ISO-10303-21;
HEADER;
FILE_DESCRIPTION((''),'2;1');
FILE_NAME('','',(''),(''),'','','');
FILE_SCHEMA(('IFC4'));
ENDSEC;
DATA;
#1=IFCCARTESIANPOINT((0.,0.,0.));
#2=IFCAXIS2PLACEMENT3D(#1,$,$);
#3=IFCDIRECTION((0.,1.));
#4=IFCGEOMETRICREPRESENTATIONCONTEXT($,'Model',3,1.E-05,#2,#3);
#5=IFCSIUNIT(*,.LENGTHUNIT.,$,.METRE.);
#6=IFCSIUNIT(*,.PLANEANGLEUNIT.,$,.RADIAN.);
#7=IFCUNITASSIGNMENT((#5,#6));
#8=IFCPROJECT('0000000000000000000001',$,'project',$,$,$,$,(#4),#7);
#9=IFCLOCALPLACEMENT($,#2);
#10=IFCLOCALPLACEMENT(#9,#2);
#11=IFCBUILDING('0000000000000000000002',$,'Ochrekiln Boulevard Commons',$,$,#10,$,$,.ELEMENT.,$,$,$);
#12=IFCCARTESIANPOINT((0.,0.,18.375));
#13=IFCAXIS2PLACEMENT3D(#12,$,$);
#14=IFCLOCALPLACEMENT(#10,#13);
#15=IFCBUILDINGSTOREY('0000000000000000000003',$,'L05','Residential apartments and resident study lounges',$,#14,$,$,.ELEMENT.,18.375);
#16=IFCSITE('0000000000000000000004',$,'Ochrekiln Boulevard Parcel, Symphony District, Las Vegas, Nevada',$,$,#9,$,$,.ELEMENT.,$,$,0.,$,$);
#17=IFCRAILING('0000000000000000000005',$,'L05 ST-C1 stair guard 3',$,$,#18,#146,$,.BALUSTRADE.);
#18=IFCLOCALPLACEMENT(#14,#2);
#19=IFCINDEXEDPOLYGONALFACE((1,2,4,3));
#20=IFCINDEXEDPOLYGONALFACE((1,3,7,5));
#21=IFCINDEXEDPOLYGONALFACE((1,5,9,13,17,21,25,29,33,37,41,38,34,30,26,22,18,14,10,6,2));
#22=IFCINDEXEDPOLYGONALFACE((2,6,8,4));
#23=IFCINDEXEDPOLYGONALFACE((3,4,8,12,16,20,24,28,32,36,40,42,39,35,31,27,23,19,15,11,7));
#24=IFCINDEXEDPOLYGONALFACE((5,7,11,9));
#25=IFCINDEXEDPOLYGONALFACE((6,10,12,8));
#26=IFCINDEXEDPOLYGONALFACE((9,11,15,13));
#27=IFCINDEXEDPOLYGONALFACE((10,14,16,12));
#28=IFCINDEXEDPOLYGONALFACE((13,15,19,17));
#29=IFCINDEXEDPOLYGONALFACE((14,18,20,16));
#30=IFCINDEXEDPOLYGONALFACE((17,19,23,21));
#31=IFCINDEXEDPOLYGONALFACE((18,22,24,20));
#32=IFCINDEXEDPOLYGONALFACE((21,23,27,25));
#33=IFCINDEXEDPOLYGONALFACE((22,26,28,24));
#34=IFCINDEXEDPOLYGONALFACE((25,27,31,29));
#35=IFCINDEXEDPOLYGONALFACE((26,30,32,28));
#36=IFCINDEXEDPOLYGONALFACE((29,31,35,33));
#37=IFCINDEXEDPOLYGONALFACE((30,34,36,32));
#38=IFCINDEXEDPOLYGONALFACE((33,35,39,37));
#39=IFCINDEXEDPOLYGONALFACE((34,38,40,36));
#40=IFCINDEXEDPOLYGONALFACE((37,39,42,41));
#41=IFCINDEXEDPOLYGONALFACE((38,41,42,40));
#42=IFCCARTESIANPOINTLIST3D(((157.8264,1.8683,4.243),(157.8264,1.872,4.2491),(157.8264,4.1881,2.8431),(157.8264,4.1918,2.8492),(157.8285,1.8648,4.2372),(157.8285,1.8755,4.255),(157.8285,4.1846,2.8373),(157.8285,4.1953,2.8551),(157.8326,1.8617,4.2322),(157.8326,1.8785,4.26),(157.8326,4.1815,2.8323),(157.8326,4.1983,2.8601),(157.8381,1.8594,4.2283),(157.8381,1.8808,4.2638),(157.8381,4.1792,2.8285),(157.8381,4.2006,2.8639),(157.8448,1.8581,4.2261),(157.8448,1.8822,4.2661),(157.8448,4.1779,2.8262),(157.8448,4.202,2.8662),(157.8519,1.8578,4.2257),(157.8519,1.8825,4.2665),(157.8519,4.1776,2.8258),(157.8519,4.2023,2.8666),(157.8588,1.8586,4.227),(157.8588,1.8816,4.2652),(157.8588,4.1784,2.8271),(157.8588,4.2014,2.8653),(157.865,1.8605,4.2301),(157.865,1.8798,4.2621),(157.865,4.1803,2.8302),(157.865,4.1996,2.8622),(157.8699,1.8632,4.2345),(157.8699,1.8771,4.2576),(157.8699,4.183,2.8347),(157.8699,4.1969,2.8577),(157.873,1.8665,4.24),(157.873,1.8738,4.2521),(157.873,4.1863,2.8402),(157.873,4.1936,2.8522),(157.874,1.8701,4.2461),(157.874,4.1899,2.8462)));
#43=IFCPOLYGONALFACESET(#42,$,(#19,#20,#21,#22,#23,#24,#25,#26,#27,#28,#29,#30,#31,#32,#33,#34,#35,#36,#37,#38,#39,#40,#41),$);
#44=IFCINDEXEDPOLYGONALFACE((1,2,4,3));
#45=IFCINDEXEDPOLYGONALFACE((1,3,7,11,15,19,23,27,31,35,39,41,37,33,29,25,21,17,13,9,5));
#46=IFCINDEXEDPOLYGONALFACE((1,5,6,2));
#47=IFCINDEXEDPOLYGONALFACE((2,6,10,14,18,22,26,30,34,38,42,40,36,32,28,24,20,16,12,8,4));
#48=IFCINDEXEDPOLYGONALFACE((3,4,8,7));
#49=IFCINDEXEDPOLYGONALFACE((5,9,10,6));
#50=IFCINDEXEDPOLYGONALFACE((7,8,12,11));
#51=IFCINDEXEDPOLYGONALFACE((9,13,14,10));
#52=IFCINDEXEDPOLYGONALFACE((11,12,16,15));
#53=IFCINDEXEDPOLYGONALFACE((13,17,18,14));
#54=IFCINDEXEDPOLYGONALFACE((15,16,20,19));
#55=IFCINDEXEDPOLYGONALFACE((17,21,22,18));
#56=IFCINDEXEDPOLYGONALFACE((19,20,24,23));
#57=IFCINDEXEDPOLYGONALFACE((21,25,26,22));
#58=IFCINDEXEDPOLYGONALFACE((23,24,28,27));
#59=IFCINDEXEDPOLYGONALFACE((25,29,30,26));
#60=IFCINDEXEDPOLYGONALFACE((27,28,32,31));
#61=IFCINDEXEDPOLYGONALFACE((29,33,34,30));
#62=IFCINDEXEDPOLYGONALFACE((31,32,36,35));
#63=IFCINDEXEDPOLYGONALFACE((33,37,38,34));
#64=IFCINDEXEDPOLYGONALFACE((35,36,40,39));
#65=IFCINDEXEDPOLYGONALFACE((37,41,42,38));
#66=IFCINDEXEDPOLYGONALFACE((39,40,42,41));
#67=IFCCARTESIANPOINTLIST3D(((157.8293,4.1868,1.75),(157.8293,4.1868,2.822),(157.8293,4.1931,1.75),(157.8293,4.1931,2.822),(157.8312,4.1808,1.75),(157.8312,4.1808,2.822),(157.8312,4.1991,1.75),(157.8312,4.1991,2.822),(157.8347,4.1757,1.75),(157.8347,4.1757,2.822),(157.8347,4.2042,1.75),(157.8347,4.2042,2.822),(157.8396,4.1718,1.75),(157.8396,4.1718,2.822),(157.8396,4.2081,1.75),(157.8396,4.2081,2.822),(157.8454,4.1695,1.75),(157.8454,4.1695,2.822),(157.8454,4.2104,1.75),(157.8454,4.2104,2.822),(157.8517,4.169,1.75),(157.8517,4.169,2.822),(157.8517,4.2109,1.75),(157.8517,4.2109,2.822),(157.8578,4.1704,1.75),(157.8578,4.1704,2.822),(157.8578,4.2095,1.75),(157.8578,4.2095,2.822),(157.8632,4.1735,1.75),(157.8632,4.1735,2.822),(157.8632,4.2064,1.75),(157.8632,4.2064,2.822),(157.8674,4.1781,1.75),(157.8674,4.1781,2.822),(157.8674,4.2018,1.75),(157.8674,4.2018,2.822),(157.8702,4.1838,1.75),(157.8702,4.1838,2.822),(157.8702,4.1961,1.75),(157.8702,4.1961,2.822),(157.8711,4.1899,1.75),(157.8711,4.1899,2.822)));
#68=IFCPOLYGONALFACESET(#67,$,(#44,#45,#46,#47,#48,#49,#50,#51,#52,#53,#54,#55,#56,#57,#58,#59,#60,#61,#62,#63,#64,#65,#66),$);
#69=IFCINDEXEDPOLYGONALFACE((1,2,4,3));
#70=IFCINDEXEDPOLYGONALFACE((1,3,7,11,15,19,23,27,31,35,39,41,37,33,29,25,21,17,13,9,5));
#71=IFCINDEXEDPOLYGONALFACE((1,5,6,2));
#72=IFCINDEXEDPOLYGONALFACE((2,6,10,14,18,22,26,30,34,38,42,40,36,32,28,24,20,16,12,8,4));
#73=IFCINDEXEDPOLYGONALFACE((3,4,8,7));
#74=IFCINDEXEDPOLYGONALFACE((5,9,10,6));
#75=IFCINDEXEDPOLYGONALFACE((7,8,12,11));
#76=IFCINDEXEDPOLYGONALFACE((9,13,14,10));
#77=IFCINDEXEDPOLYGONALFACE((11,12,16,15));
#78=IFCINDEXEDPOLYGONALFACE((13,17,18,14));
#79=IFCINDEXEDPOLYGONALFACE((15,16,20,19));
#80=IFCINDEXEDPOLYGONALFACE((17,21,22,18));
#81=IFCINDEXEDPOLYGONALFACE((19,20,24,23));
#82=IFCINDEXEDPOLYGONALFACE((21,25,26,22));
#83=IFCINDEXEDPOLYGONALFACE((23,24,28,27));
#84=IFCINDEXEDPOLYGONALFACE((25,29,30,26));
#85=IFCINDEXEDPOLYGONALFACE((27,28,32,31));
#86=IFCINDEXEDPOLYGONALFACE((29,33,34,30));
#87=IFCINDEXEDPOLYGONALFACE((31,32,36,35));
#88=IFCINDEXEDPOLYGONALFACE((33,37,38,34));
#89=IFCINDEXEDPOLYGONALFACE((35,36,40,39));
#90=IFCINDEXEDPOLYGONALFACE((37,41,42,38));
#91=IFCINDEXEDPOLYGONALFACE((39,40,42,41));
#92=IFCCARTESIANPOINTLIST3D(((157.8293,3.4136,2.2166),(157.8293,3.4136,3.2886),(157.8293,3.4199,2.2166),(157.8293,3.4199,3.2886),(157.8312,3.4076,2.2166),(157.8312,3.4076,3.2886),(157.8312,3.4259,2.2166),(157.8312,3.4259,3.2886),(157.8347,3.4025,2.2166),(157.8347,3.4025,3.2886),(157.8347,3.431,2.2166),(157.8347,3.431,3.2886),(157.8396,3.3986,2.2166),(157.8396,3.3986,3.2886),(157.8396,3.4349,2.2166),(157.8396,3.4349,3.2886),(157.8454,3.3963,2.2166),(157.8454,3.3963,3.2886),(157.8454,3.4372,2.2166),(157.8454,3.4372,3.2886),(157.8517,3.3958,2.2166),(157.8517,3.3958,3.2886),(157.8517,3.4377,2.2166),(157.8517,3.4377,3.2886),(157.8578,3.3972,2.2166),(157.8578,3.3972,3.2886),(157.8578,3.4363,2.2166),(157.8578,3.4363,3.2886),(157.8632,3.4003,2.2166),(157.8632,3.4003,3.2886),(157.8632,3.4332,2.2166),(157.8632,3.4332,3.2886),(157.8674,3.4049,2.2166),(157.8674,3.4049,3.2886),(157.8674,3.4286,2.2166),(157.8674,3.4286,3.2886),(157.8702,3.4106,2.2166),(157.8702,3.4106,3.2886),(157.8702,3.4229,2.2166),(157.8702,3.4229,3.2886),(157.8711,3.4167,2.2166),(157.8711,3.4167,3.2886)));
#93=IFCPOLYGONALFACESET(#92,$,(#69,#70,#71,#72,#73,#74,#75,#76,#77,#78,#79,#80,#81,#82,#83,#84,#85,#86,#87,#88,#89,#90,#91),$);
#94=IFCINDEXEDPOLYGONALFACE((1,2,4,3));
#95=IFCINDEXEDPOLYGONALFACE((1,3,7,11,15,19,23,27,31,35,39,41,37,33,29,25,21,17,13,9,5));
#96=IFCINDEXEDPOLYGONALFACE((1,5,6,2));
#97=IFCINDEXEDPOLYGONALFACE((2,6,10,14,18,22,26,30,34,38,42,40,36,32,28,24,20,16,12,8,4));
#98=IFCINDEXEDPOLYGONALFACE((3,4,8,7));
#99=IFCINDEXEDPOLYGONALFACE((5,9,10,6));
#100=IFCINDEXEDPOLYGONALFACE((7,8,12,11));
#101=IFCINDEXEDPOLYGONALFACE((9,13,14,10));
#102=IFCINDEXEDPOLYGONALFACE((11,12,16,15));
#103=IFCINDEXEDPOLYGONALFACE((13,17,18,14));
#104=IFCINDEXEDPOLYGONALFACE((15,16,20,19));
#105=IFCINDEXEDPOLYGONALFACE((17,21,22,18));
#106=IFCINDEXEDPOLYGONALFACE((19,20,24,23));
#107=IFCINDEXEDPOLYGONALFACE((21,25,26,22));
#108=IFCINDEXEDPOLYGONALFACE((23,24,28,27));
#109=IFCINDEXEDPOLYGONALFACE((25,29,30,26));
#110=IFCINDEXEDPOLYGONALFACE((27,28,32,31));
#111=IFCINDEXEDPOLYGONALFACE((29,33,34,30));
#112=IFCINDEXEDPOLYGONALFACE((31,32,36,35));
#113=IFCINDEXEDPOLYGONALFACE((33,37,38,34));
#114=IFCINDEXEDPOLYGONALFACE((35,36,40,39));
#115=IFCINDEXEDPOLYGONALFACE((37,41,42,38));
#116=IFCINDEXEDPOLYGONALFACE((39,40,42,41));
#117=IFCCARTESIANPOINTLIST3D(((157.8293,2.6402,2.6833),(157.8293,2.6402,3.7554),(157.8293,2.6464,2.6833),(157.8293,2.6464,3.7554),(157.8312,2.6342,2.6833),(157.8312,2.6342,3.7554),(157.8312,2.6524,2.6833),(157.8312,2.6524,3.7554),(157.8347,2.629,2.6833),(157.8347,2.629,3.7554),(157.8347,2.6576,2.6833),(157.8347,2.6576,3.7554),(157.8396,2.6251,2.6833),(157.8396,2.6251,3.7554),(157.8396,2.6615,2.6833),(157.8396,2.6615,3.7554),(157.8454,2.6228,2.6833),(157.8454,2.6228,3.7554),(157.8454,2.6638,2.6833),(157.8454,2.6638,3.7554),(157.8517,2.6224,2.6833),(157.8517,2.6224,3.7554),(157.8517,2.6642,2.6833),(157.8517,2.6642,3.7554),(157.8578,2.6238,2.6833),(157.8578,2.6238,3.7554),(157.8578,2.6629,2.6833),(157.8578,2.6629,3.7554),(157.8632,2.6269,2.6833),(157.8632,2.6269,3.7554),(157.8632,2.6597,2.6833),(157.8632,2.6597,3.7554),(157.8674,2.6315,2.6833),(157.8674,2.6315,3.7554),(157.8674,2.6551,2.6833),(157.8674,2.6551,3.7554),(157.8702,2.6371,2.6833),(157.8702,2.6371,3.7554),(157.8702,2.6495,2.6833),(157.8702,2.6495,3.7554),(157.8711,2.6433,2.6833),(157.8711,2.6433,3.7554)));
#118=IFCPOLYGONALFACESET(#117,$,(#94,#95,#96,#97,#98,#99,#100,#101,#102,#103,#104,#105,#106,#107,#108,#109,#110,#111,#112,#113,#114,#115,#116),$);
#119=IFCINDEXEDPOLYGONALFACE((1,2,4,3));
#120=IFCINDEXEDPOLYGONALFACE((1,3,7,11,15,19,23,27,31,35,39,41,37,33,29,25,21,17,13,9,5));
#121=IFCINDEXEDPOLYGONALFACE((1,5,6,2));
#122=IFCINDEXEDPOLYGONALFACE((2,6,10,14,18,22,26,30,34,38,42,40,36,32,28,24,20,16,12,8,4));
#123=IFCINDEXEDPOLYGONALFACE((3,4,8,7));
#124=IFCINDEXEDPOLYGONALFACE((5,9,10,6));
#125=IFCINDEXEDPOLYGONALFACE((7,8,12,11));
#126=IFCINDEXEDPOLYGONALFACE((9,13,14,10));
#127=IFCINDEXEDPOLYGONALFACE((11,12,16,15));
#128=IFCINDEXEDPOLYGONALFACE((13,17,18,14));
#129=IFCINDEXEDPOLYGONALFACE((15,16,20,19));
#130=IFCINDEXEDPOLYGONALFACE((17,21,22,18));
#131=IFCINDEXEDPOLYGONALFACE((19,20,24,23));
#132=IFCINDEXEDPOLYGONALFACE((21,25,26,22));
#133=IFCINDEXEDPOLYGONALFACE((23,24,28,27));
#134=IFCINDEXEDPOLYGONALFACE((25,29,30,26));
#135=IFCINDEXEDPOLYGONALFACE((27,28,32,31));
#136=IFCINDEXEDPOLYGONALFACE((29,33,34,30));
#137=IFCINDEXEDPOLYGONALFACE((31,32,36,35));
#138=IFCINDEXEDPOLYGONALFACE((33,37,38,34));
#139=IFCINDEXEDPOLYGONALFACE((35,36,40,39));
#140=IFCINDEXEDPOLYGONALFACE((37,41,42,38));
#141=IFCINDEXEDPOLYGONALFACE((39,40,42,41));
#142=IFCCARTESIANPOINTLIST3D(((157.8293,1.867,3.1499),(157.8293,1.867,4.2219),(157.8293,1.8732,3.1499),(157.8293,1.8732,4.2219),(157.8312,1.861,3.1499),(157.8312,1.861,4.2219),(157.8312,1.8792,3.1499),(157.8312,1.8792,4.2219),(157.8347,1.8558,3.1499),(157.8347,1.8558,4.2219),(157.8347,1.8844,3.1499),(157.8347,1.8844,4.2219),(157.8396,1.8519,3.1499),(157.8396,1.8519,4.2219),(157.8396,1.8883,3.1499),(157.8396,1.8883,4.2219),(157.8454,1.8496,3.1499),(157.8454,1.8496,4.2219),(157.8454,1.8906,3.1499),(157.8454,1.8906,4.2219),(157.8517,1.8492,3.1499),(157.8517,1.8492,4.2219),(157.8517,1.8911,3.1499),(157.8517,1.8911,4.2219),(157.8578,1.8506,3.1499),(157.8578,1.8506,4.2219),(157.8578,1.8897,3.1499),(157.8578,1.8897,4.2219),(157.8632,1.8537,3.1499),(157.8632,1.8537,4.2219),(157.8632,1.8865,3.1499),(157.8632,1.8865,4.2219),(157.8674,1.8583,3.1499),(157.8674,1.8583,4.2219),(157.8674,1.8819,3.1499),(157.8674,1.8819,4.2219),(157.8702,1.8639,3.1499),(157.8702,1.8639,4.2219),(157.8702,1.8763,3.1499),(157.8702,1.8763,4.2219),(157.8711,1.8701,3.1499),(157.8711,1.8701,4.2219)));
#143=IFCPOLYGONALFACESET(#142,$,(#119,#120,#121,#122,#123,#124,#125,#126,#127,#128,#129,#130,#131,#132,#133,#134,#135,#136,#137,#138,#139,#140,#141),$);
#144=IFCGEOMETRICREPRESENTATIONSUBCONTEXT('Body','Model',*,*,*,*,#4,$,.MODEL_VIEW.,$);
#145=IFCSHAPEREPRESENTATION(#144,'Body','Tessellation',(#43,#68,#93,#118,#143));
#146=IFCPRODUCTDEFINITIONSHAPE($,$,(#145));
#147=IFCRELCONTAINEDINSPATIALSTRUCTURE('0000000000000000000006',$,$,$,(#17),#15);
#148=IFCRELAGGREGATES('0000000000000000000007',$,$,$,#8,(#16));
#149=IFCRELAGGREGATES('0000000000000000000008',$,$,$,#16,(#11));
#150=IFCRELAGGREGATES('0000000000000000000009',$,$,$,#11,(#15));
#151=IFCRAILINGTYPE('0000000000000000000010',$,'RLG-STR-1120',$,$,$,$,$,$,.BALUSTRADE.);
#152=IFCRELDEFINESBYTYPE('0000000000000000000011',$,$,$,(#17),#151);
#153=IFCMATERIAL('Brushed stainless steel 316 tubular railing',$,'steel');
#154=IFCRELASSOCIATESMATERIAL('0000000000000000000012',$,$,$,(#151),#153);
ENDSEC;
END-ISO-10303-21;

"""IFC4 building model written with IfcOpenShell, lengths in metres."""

from ifc_helpers import new_model, si_unit, direction, frame, origin, origin_2d, place, context, subcontext, project, spatial, circle, extrude, material, type_object, element, save


model = new_model("IFC4")

# Units and contexts
model_context = context("Model", 3, precision=1e-05, world=origin(), true_north=direction((0.0, 1.0)))
body_context = subcontext(model_context, "Body", "Model", "MODEL_VIEW")
ifc_project = project(units=[si_unit("LENGTHUNIT", "METRE"), si_unit("PLANEANGLEUNIT", "RADIAN")], contexts=[model_context])

# Site, building, storey
site_placement = place(None, origin())
site = spatial("IfcSite", under=ifc_project, at=site_placement, Name="Ochrekiln Boulevard Parcel, Symphony District, Las Vegas, Nevada", CompositionType="ELEMENT", RefElevation=0.0)
building_placement = place(site_placement, origin())
building = spatial("IfcBuilding", under=site, at=building_placement, Name="Ochrekiln Boulevard Commons", CompositionType="ELEMENT")
storey_placement = place(building_placement, frame((0.0, 0.0, 18.375)))
storey = spatial("IfcBuildingStorey", under=building, at=storey_placement, Name="L05", Description="Residential apartments and resident study lounges", CompositionType="ELEMENT", Elevation=18.375)

# Railing
ifc_material_1 = material(Name="Brushed stainless steel 316 tubular railing", Category="steel")
railing_type_1 = type_object("IfcRailingType", Name="RLG-STR-1120", PredefinedType="BALUSTRADE", material=ifc_material_1)
railing_1_placement = place(storey_placement, frame((157.8501, 4.1899, 1.75)))
element("IfcRailing", 1, at=railing_1_placement, inside=storey, type_object=railing_type_1, Name="L05 ST-C1 stair guard 3", PredefinedType="BALUSTRADE", context=body_context, shape_type="SweptSolid", body=[
    extrude(circle(Radius=0.0239, at=origin_2d()), frame((0.0, 0.0, 1.0962), z_axis=(0.0, -0.856186, 0.516667), x_axis=(1.0, 0.0, 0.0)), (0.0, 0.0, 1.0), 2.7095),
    extrude(circle(Radius=0.021, at=origin_2d()), origin(), (0.0, 0.0, 1.0), 1.072),
    extrude(circle(Radius=0.021, at=origin_2d()), frame((0.0, -0.7732, 0.4666)), (0.0, 0.0, 1.0), 1.072),
    extrude(circle(Radius=0.021, at=origin_2d()), frame((0.0, -1.5466, 0.9333)), (0.0, 0.0, 1.0), 1.072),
    extrude(circle(Radius=0.021, at=origin_2d()), frame((0.0, -2.3198, 1.3999)), (0.0, 0.0, 1.0), 1.072),
])

save(model, "model.ifc")
